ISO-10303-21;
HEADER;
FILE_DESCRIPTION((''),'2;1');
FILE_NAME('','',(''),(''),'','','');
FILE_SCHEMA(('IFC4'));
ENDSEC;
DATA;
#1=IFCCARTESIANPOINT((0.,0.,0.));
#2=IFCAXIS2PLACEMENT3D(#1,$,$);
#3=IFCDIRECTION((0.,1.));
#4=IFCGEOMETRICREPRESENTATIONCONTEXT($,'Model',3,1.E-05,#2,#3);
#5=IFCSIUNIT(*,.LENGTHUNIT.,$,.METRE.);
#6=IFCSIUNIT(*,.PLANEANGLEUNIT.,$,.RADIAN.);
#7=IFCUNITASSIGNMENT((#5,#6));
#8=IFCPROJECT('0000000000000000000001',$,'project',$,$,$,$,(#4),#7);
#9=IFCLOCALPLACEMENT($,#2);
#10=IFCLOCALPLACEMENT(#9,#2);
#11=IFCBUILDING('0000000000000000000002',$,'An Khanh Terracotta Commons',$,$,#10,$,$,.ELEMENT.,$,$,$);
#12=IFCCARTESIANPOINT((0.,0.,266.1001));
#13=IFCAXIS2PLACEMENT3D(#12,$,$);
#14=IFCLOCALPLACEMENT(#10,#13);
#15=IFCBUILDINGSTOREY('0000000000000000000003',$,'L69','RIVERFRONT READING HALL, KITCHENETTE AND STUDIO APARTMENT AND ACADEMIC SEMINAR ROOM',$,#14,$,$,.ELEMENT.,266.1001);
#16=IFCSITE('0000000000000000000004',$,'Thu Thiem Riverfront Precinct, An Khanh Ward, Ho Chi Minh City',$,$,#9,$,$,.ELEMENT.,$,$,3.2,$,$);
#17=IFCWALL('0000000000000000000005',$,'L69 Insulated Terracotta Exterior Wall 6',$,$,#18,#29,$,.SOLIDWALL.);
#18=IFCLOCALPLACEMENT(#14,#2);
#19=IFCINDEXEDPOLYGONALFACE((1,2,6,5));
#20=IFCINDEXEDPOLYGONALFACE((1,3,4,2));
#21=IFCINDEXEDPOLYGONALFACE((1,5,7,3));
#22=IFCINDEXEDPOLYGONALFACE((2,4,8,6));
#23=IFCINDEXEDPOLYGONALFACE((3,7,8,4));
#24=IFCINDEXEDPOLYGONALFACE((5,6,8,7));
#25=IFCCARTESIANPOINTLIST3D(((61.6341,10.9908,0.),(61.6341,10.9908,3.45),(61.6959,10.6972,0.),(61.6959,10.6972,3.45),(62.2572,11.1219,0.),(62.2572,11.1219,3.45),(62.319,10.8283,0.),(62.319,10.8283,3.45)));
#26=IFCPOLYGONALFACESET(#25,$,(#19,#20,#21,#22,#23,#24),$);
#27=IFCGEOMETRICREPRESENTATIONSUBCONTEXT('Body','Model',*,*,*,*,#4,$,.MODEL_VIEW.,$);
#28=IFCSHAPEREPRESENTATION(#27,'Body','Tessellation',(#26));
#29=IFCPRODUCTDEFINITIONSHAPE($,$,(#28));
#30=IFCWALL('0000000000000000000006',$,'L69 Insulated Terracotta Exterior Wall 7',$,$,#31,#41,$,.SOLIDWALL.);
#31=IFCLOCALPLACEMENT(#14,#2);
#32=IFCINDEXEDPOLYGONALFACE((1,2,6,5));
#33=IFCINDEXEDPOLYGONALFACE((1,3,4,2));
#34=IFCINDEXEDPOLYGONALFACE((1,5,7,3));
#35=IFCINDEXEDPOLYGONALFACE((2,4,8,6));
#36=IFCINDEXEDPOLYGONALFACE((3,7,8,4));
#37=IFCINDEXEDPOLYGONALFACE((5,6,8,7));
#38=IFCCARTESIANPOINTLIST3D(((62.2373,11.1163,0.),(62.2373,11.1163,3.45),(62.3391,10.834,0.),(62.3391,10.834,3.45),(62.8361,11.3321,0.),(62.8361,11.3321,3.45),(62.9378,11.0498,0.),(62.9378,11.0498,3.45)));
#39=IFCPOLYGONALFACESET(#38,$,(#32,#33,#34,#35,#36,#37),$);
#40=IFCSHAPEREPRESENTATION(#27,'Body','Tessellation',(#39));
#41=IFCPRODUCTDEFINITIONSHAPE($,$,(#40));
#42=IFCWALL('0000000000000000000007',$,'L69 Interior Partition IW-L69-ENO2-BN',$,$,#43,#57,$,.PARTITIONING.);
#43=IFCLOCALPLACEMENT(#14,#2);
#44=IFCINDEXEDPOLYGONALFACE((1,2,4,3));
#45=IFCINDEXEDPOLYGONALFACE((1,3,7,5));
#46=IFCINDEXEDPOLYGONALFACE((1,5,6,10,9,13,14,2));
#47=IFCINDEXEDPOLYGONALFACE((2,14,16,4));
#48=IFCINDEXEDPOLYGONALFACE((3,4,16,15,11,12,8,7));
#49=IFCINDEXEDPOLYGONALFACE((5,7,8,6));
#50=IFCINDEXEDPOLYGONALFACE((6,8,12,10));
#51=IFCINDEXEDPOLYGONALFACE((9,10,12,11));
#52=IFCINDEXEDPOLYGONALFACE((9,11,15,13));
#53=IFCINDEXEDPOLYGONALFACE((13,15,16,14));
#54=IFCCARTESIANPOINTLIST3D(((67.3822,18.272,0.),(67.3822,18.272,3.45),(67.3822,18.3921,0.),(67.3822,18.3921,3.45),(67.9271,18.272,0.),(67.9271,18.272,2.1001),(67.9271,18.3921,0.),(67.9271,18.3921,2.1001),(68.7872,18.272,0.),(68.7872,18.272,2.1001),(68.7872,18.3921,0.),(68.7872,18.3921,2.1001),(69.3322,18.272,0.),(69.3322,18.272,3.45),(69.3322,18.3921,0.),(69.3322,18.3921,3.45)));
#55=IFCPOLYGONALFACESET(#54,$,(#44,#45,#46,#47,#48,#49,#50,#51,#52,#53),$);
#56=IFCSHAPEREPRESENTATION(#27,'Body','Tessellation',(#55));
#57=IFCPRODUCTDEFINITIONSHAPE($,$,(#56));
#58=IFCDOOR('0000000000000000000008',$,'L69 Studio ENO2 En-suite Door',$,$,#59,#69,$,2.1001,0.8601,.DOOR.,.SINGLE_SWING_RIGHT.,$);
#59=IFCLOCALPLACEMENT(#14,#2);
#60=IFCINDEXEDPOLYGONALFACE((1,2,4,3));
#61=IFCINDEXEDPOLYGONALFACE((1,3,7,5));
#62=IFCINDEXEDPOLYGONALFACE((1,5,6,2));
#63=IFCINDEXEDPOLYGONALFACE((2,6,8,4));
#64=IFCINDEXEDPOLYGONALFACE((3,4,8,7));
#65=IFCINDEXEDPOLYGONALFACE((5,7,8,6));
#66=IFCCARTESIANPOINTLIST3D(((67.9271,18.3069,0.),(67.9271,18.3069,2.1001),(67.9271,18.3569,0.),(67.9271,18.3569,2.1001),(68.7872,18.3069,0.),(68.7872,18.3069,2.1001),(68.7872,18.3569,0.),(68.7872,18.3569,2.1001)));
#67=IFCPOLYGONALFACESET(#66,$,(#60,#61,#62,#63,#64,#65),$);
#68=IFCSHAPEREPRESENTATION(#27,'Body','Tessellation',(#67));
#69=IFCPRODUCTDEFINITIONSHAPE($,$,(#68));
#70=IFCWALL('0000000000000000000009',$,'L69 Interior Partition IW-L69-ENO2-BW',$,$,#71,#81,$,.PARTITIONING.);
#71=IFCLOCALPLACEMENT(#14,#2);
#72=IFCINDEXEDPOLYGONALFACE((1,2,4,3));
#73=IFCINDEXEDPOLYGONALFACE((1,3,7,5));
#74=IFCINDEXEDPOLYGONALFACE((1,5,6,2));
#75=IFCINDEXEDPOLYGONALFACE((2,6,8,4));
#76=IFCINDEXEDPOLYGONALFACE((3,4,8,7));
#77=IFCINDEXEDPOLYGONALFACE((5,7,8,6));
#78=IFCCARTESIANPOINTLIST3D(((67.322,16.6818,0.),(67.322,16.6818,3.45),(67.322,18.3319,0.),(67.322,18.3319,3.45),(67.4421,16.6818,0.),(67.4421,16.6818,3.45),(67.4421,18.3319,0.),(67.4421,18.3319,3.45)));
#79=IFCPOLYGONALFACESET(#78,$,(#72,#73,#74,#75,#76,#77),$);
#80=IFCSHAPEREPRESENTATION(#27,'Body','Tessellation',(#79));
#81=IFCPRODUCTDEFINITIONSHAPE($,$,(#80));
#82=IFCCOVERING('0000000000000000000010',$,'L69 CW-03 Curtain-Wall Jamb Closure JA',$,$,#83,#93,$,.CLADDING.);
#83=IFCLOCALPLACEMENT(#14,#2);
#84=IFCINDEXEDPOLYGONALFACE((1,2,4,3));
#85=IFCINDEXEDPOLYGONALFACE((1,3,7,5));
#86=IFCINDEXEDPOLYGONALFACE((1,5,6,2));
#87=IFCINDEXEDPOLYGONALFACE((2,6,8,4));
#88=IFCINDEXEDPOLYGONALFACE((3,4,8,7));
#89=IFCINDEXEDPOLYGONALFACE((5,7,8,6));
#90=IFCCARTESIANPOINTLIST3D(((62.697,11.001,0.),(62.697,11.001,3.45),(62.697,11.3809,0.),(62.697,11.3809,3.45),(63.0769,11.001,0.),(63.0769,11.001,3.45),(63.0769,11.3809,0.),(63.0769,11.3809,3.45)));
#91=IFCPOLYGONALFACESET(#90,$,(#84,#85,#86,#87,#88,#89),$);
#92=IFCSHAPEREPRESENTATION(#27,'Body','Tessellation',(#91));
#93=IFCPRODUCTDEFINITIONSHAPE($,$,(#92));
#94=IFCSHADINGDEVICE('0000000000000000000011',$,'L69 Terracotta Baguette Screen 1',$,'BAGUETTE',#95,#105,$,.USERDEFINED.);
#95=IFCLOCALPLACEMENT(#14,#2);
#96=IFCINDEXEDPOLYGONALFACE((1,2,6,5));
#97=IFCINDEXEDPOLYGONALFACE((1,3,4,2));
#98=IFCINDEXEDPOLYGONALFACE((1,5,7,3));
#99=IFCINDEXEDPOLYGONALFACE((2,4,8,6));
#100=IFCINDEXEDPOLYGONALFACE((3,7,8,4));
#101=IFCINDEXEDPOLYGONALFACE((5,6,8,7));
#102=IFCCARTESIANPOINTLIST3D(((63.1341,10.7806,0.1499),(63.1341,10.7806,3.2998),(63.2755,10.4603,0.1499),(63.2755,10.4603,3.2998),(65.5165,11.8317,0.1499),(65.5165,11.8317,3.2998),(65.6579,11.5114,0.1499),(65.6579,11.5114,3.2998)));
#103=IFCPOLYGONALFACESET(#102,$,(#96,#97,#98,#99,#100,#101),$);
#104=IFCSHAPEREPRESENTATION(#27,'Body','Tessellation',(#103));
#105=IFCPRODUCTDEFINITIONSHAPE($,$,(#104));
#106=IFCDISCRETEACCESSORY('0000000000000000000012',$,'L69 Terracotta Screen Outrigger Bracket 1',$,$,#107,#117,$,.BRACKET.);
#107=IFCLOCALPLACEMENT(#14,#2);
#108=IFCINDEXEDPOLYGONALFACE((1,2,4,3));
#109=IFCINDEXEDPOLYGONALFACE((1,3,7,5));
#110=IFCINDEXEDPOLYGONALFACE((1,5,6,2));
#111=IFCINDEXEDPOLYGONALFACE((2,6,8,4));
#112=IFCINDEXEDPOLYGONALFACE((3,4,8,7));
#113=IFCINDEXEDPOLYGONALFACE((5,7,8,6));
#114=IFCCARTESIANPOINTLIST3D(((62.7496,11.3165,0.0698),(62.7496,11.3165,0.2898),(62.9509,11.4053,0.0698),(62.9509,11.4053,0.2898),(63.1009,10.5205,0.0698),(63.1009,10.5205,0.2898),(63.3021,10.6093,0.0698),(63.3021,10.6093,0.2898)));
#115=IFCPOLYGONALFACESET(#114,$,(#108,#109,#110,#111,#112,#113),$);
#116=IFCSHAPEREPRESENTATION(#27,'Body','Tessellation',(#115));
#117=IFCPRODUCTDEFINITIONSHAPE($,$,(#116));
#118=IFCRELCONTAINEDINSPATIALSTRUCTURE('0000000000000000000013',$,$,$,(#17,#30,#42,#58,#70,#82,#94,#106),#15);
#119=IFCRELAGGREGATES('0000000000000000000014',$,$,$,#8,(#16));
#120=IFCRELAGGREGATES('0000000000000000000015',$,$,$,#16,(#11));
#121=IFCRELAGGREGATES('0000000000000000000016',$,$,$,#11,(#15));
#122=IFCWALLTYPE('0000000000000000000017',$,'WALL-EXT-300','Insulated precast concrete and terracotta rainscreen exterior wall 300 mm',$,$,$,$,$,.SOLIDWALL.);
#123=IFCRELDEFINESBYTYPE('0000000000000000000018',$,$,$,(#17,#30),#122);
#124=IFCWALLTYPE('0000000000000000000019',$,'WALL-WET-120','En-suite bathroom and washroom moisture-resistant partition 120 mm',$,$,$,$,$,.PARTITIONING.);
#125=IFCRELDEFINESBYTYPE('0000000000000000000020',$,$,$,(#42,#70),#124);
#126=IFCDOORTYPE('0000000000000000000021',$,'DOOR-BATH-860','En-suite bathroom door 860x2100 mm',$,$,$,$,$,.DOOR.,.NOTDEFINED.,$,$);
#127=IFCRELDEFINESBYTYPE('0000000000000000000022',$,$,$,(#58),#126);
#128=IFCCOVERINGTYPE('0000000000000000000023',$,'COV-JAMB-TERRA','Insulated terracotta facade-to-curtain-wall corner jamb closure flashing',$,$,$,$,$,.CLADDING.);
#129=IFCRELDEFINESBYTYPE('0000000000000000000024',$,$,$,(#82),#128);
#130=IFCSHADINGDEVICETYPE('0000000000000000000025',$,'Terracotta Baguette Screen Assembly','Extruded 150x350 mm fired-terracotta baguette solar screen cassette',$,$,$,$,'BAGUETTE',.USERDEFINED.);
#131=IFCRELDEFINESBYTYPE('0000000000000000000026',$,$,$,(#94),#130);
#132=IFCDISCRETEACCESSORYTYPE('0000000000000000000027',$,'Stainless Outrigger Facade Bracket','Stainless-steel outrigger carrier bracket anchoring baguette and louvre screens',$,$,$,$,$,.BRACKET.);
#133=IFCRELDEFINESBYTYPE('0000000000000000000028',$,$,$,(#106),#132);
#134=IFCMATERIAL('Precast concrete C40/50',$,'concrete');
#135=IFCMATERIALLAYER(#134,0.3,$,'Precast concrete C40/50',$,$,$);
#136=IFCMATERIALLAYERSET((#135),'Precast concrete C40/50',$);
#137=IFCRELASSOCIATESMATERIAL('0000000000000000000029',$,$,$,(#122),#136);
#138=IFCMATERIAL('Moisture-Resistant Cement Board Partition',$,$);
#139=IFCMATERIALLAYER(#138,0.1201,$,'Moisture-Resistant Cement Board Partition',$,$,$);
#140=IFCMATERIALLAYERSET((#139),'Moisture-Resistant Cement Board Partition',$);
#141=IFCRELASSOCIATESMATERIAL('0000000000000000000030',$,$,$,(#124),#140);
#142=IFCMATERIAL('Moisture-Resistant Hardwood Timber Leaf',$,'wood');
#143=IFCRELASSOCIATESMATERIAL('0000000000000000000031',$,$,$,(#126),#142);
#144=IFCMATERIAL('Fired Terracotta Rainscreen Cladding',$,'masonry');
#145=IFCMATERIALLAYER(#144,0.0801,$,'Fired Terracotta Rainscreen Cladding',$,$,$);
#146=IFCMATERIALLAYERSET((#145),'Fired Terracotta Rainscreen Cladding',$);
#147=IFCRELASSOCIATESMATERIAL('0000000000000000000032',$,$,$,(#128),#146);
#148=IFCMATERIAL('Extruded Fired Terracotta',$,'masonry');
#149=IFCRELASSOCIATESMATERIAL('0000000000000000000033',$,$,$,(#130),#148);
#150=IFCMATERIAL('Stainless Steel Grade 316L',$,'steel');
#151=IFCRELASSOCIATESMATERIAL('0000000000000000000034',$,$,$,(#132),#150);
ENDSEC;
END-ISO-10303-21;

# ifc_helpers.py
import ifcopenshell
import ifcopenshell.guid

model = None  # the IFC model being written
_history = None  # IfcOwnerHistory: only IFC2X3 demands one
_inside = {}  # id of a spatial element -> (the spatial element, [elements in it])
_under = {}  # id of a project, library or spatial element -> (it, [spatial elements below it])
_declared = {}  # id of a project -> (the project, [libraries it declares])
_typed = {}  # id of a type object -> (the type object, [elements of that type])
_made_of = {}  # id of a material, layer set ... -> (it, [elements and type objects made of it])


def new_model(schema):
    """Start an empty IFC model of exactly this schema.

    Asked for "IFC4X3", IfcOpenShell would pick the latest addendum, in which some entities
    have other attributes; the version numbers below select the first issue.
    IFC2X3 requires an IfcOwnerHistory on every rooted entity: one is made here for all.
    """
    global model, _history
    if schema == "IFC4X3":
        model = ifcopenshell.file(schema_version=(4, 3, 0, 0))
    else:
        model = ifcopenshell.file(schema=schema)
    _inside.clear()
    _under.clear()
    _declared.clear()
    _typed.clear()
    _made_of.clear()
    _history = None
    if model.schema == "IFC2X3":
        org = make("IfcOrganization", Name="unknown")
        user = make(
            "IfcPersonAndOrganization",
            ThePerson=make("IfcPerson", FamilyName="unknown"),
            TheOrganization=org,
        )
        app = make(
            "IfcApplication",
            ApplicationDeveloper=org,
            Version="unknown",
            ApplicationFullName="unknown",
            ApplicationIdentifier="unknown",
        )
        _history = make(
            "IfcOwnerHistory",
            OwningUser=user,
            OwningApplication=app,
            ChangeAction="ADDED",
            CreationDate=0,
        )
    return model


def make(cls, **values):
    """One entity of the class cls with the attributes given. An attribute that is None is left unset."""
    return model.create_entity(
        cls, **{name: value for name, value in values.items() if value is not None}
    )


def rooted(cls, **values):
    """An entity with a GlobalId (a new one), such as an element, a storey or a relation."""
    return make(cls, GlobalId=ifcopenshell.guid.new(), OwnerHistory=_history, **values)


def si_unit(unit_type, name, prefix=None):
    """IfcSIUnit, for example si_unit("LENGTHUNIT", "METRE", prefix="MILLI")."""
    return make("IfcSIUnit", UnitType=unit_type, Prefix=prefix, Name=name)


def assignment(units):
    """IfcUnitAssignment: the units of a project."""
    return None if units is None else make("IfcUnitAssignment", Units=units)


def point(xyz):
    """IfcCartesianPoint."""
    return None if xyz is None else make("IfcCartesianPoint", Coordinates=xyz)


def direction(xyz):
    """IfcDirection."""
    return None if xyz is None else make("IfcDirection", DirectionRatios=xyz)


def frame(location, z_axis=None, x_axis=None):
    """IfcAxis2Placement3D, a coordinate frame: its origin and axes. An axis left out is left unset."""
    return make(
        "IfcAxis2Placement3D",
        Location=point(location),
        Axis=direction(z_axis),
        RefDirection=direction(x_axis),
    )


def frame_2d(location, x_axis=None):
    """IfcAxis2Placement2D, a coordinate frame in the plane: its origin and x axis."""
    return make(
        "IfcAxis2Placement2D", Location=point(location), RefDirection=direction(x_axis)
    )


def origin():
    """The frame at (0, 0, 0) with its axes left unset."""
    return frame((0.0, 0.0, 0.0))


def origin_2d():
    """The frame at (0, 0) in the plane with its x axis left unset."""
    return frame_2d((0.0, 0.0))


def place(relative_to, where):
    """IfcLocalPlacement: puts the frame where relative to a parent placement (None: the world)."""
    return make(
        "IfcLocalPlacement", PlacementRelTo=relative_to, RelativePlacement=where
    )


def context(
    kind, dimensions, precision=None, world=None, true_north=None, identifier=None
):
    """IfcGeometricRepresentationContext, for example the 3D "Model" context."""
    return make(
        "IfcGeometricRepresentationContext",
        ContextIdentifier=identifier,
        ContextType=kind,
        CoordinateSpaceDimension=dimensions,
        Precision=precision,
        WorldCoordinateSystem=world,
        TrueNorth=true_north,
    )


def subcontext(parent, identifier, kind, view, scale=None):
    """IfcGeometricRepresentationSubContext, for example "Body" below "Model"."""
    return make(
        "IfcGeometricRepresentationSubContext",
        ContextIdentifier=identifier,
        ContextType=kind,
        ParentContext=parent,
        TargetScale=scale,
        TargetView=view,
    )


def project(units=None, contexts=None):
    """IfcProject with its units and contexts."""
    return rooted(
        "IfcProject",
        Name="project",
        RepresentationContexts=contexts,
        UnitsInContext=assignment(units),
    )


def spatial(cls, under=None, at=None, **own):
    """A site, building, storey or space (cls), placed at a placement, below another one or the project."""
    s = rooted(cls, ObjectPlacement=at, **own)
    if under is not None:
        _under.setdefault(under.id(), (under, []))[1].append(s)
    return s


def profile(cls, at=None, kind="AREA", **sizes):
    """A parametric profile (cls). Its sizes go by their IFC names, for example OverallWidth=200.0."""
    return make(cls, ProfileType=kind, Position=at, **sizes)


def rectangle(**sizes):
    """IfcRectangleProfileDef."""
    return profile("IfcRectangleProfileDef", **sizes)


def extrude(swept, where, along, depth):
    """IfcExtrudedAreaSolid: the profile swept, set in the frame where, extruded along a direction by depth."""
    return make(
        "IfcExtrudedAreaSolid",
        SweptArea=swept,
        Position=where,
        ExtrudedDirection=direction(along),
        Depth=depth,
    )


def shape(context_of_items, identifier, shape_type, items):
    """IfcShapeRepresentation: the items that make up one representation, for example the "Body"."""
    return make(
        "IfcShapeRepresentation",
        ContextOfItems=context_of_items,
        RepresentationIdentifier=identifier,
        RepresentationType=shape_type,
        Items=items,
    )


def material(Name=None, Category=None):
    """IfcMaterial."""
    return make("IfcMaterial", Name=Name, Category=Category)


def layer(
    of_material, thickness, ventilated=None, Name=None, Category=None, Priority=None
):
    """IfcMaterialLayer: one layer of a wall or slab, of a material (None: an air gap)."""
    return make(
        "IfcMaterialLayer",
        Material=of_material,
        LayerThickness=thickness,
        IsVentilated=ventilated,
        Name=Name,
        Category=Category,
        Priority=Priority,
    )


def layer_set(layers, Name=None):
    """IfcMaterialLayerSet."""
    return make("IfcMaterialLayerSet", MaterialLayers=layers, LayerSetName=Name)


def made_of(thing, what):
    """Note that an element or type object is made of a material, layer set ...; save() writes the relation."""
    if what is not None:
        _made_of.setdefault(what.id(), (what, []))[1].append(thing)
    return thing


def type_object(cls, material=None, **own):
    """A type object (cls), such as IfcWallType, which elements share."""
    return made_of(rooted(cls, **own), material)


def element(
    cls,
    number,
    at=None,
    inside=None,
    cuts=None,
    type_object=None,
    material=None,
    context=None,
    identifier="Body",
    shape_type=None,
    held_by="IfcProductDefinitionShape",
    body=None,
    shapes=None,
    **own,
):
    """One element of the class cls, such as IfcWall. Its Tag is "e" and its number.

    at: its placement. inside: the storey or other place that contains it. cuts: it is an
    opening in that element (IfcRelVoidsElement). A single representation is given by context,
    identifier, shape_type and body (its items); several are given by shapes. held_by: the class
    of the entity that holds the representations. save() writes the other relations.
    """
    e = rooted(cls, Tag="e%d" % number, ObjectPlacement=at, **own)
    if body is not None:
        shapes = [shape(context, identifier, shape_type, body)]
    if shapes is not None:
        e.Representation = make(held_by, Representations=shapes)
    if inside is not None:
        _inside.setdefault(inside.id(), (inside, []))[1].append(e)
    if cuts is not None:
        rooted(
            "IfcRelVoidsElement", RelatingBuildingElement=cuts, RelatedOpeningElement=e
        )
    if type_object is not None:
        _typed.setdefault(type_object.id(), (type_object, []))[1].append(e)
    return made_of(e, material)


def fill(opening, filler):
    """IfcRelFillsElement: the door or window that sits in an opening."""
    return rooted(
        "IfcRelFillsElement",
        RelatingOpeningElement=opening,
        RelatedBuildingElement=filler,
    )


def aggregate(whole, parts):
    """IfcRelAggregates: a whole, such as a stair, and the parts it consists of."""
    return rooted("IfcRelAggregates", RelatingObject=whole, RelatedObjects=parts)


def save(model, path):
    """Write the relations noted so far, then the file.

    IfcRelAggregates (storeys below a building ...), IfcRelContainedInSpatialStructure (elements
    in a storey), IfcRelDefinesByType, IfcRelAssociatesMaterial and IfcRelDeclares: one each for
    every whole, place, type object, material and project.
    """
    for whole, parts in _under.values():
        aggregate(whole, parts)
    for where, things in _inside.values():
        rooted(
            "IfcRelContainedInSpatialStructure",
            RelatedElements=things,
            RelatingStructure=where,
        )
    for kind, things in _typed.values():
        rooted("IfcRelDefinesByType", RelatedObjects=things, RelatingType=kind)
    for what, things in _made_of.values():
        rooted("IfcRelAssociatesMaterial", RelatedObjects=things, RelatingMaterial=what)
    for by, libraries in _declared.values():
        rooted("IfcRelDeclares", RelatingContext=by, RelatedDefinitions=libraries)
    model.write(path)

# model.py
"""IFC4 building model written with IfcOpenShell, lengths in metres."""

from ifc_helpers import new_model, si_unit, direction, frame, frame_2d, origin, origin_2d, place, context, subcontext, project, spatial, rectangle, extrude, material, layer, layer_set, type_object, element, fill, save


model = new_model("IFC4")

# Units and contexts
model_context = context("Model", 3, precision=1e-05, world=origin(), true_north=direction((0.0, 1.0)))
body_context = subcontext(model_context, "Body", "Model", "MODEL_VIEW")
ifc_project = project(units=[si_unit("LENGTHUNIT", "METRE"), si_unit("PLANEANGLEUNIT", "RADIAN")], contexts=[model_context])

# Site, building, storey
site_placement = place(None, origin())
site = spatial("IfcSite", under=ifc_project, at=site_placement, Name="Thu Thiem Riverfront Precinct, An Khanh Ward, Ho Chi Minh City", CompositionType="ELEMENT", RefElevation=3.2)
building_placement = place(site_placement, origin())
building = spatial("IfcBuilding", under=site, at=building_placement, Name="An Khanh Terracotta Commons", CompositionType="ELEMENT")
storey_placement = place(building_placement, frame((0.0, 0.0, 266.1001)))
storey = spatial("IfcBuildingStorey", under=building, at=storey_placement, Name="L69", Description="RIVERFRONT READING HALL, KITCHENETTE AND STUDIO APARTMENT AND ACADEMIC SEMINAR ROOM", CompositionType="ELEMENT", Elevation=266.1001)

# Walls
ifc_material_1 = material(Name="Precast concrete C40/50", Category="concrete")
ifc_layer_1 = layer(ifc_material_1, 0.3, Name="Precast concrete C40/50")
ifc_layer_set_1 = layer_set([ifc_layer_1], Name="Precast concrete C40/50")
wall_type_1 = type_object("IfcWallType", Name="WALL-EXT-300", Description="Insulated precast concrete and terracotta rainscreen exterior wall 300 mm", PredefinedType="SOLIDWALL", material=ifc_layer_set_1)
wall_1_placement = place(storey_placement, frame((61.665, 10.844, 0.0), z_axis=(0.0, 0.0, 1.0), x_axis=(0.97857, 0.205914, 0.0)))
element("IfcWall", 1, at=wall_1_placement, inside=storey, type_object=wall_type_1, Name="L69 Insulated Terracotta Exterior Wall 6", PredefinedType="SOLIDWALL", context=body_context, shape_type="SweptSolid", body=[
    extrude(rectangle(XDim=0.6367, YDim=0.3, at=frame_2d((0.3184, 0.0))), origin(), (0.0, 0.0, 1.0), 3.45),
])
wall_2_placement = place(storey_placement, frame((62.2881, 10.9751, 0.0), z_axis=(0.0, 0.0, 1.0), x_axis=(0.940775, 0.339032, 0.0)))
element("IfcWall", 2, at=wall_2_placement, inside=storey, type_object=wall_type_1, Name="L69 Insulated Terracotta Exterior Wall 7", PredefinedType="SOLIDWALL", context=body_context, shape_type="SweptSolid", body=[
    extrude(rectangle(XDim=0.6365, YDim=0.3, at=frame_2d((0.3184, 0.0))), origin(), (0.0, 0.0, 1.0), 3.45),
])

# Wall, opening, door
ifc_material_2 = material(Name="Moisture-Resistant Cement Board Partition")
ifc_layer_2 = layer(ifc_material_2, 0.1201, Name="Moisture-Resistant Cement Board Partition")
ifc_layer_set_2 = layer_set([ifc_layer_2], Name="Moisture-Resistant Cement Board Partition")
wall_type_2 = type_object("IfcWallType", Name="WALL-WET-120", Description="En-suite bathroom and washroom moisture-resistant partition 120 mm", PredefinedType="PARTITIONING", material=ifc_layer_set_2)
wall_3_placement = place(storey_placement, frame((67.3821, 18.332, 0.0), z_axis=(0.0, 0.0, 1.0), x_axis=(1.0, 0.0, 0.0)))
wall_3 = element("IfcWall", 3, at=wall_3_placement, inside=storey, type_object=wall_type_2, Name="L69 Interior Partition IW-L69-ENO2-BN", PredefinedType="PARTITIONING", context=body_context, shape_type="SweptSolid", body=[
    extrude(rectangle(XDim=1.95, YDim=0.1201, at=frame_2d((0.9751, 0.0))), origin(), (0.0, 0.0, 1.0), 3.45),
])
opening_1_placement = place(wall_3_placement, frame((0.5449, 0.0, 0.0)))
opening_1 = element("IfcOpeningElement", 4, at=opening_1_placement, cuts=wall_3, PredefinedType="OPENING", context=body_context, shape_type="SweptSolid", body=[
    extrude(rectangle(XDim=0.8601, YDim=2.1001, at=frame_2d((0.4302, 1.05))), frame((0.0, 0.0701, 0.0), z_axis=(0.0, -1.0, 0.0), x_axis=(1.0, 0.0, 0.0)), (0.0, 0.0, 1.0), 0.1401),
])
ifc_material_3 = material(Name="Moisture-Resistant Hardwood Timber Leaf", Category="wood")
door_type_1 = type_object("IfcDoorType", Name="DOOR-BATH-860", Description="En-suite bathroom door 860x2100 mm", OperationType="NOTDEFINED", PredefinedType="DOOR", material=ifc_material_3)
door_1_placement = place(opening_1_placement, origin())
door_1 = element("IfcDoor", 5, at=door_1_placement, inside=storey, type_object=door_type_1, Name="L69 Studio ENO2 En-suite Door", OperationType="SINGLE_SWING_RIGHT", OverallHeight=2.1001, OverallWidth=0.8601, PredefinedType="DOOR", context=body_context, shape_type="SweptSolid", body=[
    extrude(rectangle(XDim=0.8601, YDim=2.1001, at=frame_2d((0.4302, 1.05))), frame((0.0, 0.0249, 0.0), z_axis=(0.0, -1.0, 0.0), x_axis=(1.0, 0.0, 0.0)), (0.0, 0.0, 1.0), 0.05),
])
fill(opening_1, door_1)

# Wall
wall_4_placement = place(storey_placement, frame((67.3821, 18.332, 0.0), z_axis=(0.0, 0.0, 1.0), x_axis=(0.0, -1.0, 0.0)))
element("IfcWall", 6, at=wall_4_placement, inside=storey, type_object=wall_type_2, Name="L69 Interior Partition IW-L69-ENO2-BW", PredefinedType="PARTITIONING", context=body_context, shape_type="SweptSolid", body=[
    extrude(rectangle(XDim=1.6501, YDim=0.1201, at=frame_2d((0.8252, 0.0))), origin(), (0.0, 0.0, 1.0), 3.45),
])

# Covering
ifc_material_4 = material(Name="Fired Terracotta Rainscreen Cladding", Category="masonry")
ifc_layer_3 = layer(ifc_material_4, 0.0801, Name="Fired Terracotta Rainscreen Cladding")
ifc_layer_set_3 = layer_set([ifc_layer_3], Name="Fired Terracotta Rainscreen Cladding")
covering_type = type_object("IfcCoveringType", Name="COV-JAMB-TERRA", Description="Insulated terracotta facade-to-curtain-wall corner jamb closure flashing", PredefinedType="CLADDING", material=ifc_layer_set_3)
covering_placement = place(storey_placement, frame((62.887, 11.1909, 0.0), z_axis=(0.0, 0.0, 1.0), x_axis=(1.0, 0.0, 0.0)))
element("IfcCovering", 7, at=covering_placement, inside=storey, type_object=covering_type, Name="L69 CW-03 Curtain-Wall Jamb Closure JA", PredefinedType="CLADDING", context=body_context, shape_type="SweptSolid", body=[
    extrude(rectangle(XDim=0.3799, YDim=0.3799, at=origin_2d()), origin(), (0.0, 0.0, 1.0), 3.45),
])

# Shading device
ifc_material_5 = material(Name="Extruded Fired Terracotta", Category="masonry")
shading_device_type = type_object("IfcShadingDeviceType", Name="Terracotta Baguette Screen Assembly", Description="Extruded 150x350 mm fired-terracotta baguette solar screen cassette", ElementType="BAGUETTE", PredefinedType="USERDEFINED", material=ifc_material_5)
shading_device_placement = place(storey_placement, frame((64.396, 11.146, 0.1499), z_axis=(0.0, 0.0, 1.0), x_axis=(0.914902, 0.403676, 0.0)))
element("IfcShadingDevice", 8, at=shading_device_placement, inside=storey, type_object=shading_device_type, Name="L69 Terracotta Baguette Screen 1", ObjectType="BAGUETTE", PredefinedType="USERDEFINED", context=body_context, shape_type="SweptSolid", body=[
    extrude(rectangle(XDim=2.604, YDim=0.3501, at=origin_2d()), origin(), (0.0, 0.0, 1.0), 3.1499),
])

# Discrete accessory
ifc_material_6 = material(Name="Stainless Steel Grade 316L", Category="steel")
discrete_accessory_type = type_object("IfcDiscreteAccessoryType", Name="Stainless Outrigger Facade Bracket", Description="Stainless-steel outrigger carrier bracket anchoring baguette and louvre screens", PredefinedType="BRACKET", material=ifc_material_6)
discrete_accessory_placement = place(storey_placement, frame((63.0259, 10.9629, 0.0698), z_axis=(0.0, 0.0, 1.0), x_axis=(0.914902, 0.403676, 0.0)))
element("IfcDiscreteAccessory", 9, at=discrete_accessory_placement, inside=storey, type_object=discrete_accessory_type, Name="L69 Terracotta Screen Outrigger Bracket 1", PredefinedType="BRACKET", context=body_context, shape_type="SweptSolid", body=[
    extrude(rectangle(XDim=0.22, YDim=0.8701, at=origin_2d()), origin(), (0.0, 0.0, 1.0), 0.22),
])

save(model, "model.ifc")
